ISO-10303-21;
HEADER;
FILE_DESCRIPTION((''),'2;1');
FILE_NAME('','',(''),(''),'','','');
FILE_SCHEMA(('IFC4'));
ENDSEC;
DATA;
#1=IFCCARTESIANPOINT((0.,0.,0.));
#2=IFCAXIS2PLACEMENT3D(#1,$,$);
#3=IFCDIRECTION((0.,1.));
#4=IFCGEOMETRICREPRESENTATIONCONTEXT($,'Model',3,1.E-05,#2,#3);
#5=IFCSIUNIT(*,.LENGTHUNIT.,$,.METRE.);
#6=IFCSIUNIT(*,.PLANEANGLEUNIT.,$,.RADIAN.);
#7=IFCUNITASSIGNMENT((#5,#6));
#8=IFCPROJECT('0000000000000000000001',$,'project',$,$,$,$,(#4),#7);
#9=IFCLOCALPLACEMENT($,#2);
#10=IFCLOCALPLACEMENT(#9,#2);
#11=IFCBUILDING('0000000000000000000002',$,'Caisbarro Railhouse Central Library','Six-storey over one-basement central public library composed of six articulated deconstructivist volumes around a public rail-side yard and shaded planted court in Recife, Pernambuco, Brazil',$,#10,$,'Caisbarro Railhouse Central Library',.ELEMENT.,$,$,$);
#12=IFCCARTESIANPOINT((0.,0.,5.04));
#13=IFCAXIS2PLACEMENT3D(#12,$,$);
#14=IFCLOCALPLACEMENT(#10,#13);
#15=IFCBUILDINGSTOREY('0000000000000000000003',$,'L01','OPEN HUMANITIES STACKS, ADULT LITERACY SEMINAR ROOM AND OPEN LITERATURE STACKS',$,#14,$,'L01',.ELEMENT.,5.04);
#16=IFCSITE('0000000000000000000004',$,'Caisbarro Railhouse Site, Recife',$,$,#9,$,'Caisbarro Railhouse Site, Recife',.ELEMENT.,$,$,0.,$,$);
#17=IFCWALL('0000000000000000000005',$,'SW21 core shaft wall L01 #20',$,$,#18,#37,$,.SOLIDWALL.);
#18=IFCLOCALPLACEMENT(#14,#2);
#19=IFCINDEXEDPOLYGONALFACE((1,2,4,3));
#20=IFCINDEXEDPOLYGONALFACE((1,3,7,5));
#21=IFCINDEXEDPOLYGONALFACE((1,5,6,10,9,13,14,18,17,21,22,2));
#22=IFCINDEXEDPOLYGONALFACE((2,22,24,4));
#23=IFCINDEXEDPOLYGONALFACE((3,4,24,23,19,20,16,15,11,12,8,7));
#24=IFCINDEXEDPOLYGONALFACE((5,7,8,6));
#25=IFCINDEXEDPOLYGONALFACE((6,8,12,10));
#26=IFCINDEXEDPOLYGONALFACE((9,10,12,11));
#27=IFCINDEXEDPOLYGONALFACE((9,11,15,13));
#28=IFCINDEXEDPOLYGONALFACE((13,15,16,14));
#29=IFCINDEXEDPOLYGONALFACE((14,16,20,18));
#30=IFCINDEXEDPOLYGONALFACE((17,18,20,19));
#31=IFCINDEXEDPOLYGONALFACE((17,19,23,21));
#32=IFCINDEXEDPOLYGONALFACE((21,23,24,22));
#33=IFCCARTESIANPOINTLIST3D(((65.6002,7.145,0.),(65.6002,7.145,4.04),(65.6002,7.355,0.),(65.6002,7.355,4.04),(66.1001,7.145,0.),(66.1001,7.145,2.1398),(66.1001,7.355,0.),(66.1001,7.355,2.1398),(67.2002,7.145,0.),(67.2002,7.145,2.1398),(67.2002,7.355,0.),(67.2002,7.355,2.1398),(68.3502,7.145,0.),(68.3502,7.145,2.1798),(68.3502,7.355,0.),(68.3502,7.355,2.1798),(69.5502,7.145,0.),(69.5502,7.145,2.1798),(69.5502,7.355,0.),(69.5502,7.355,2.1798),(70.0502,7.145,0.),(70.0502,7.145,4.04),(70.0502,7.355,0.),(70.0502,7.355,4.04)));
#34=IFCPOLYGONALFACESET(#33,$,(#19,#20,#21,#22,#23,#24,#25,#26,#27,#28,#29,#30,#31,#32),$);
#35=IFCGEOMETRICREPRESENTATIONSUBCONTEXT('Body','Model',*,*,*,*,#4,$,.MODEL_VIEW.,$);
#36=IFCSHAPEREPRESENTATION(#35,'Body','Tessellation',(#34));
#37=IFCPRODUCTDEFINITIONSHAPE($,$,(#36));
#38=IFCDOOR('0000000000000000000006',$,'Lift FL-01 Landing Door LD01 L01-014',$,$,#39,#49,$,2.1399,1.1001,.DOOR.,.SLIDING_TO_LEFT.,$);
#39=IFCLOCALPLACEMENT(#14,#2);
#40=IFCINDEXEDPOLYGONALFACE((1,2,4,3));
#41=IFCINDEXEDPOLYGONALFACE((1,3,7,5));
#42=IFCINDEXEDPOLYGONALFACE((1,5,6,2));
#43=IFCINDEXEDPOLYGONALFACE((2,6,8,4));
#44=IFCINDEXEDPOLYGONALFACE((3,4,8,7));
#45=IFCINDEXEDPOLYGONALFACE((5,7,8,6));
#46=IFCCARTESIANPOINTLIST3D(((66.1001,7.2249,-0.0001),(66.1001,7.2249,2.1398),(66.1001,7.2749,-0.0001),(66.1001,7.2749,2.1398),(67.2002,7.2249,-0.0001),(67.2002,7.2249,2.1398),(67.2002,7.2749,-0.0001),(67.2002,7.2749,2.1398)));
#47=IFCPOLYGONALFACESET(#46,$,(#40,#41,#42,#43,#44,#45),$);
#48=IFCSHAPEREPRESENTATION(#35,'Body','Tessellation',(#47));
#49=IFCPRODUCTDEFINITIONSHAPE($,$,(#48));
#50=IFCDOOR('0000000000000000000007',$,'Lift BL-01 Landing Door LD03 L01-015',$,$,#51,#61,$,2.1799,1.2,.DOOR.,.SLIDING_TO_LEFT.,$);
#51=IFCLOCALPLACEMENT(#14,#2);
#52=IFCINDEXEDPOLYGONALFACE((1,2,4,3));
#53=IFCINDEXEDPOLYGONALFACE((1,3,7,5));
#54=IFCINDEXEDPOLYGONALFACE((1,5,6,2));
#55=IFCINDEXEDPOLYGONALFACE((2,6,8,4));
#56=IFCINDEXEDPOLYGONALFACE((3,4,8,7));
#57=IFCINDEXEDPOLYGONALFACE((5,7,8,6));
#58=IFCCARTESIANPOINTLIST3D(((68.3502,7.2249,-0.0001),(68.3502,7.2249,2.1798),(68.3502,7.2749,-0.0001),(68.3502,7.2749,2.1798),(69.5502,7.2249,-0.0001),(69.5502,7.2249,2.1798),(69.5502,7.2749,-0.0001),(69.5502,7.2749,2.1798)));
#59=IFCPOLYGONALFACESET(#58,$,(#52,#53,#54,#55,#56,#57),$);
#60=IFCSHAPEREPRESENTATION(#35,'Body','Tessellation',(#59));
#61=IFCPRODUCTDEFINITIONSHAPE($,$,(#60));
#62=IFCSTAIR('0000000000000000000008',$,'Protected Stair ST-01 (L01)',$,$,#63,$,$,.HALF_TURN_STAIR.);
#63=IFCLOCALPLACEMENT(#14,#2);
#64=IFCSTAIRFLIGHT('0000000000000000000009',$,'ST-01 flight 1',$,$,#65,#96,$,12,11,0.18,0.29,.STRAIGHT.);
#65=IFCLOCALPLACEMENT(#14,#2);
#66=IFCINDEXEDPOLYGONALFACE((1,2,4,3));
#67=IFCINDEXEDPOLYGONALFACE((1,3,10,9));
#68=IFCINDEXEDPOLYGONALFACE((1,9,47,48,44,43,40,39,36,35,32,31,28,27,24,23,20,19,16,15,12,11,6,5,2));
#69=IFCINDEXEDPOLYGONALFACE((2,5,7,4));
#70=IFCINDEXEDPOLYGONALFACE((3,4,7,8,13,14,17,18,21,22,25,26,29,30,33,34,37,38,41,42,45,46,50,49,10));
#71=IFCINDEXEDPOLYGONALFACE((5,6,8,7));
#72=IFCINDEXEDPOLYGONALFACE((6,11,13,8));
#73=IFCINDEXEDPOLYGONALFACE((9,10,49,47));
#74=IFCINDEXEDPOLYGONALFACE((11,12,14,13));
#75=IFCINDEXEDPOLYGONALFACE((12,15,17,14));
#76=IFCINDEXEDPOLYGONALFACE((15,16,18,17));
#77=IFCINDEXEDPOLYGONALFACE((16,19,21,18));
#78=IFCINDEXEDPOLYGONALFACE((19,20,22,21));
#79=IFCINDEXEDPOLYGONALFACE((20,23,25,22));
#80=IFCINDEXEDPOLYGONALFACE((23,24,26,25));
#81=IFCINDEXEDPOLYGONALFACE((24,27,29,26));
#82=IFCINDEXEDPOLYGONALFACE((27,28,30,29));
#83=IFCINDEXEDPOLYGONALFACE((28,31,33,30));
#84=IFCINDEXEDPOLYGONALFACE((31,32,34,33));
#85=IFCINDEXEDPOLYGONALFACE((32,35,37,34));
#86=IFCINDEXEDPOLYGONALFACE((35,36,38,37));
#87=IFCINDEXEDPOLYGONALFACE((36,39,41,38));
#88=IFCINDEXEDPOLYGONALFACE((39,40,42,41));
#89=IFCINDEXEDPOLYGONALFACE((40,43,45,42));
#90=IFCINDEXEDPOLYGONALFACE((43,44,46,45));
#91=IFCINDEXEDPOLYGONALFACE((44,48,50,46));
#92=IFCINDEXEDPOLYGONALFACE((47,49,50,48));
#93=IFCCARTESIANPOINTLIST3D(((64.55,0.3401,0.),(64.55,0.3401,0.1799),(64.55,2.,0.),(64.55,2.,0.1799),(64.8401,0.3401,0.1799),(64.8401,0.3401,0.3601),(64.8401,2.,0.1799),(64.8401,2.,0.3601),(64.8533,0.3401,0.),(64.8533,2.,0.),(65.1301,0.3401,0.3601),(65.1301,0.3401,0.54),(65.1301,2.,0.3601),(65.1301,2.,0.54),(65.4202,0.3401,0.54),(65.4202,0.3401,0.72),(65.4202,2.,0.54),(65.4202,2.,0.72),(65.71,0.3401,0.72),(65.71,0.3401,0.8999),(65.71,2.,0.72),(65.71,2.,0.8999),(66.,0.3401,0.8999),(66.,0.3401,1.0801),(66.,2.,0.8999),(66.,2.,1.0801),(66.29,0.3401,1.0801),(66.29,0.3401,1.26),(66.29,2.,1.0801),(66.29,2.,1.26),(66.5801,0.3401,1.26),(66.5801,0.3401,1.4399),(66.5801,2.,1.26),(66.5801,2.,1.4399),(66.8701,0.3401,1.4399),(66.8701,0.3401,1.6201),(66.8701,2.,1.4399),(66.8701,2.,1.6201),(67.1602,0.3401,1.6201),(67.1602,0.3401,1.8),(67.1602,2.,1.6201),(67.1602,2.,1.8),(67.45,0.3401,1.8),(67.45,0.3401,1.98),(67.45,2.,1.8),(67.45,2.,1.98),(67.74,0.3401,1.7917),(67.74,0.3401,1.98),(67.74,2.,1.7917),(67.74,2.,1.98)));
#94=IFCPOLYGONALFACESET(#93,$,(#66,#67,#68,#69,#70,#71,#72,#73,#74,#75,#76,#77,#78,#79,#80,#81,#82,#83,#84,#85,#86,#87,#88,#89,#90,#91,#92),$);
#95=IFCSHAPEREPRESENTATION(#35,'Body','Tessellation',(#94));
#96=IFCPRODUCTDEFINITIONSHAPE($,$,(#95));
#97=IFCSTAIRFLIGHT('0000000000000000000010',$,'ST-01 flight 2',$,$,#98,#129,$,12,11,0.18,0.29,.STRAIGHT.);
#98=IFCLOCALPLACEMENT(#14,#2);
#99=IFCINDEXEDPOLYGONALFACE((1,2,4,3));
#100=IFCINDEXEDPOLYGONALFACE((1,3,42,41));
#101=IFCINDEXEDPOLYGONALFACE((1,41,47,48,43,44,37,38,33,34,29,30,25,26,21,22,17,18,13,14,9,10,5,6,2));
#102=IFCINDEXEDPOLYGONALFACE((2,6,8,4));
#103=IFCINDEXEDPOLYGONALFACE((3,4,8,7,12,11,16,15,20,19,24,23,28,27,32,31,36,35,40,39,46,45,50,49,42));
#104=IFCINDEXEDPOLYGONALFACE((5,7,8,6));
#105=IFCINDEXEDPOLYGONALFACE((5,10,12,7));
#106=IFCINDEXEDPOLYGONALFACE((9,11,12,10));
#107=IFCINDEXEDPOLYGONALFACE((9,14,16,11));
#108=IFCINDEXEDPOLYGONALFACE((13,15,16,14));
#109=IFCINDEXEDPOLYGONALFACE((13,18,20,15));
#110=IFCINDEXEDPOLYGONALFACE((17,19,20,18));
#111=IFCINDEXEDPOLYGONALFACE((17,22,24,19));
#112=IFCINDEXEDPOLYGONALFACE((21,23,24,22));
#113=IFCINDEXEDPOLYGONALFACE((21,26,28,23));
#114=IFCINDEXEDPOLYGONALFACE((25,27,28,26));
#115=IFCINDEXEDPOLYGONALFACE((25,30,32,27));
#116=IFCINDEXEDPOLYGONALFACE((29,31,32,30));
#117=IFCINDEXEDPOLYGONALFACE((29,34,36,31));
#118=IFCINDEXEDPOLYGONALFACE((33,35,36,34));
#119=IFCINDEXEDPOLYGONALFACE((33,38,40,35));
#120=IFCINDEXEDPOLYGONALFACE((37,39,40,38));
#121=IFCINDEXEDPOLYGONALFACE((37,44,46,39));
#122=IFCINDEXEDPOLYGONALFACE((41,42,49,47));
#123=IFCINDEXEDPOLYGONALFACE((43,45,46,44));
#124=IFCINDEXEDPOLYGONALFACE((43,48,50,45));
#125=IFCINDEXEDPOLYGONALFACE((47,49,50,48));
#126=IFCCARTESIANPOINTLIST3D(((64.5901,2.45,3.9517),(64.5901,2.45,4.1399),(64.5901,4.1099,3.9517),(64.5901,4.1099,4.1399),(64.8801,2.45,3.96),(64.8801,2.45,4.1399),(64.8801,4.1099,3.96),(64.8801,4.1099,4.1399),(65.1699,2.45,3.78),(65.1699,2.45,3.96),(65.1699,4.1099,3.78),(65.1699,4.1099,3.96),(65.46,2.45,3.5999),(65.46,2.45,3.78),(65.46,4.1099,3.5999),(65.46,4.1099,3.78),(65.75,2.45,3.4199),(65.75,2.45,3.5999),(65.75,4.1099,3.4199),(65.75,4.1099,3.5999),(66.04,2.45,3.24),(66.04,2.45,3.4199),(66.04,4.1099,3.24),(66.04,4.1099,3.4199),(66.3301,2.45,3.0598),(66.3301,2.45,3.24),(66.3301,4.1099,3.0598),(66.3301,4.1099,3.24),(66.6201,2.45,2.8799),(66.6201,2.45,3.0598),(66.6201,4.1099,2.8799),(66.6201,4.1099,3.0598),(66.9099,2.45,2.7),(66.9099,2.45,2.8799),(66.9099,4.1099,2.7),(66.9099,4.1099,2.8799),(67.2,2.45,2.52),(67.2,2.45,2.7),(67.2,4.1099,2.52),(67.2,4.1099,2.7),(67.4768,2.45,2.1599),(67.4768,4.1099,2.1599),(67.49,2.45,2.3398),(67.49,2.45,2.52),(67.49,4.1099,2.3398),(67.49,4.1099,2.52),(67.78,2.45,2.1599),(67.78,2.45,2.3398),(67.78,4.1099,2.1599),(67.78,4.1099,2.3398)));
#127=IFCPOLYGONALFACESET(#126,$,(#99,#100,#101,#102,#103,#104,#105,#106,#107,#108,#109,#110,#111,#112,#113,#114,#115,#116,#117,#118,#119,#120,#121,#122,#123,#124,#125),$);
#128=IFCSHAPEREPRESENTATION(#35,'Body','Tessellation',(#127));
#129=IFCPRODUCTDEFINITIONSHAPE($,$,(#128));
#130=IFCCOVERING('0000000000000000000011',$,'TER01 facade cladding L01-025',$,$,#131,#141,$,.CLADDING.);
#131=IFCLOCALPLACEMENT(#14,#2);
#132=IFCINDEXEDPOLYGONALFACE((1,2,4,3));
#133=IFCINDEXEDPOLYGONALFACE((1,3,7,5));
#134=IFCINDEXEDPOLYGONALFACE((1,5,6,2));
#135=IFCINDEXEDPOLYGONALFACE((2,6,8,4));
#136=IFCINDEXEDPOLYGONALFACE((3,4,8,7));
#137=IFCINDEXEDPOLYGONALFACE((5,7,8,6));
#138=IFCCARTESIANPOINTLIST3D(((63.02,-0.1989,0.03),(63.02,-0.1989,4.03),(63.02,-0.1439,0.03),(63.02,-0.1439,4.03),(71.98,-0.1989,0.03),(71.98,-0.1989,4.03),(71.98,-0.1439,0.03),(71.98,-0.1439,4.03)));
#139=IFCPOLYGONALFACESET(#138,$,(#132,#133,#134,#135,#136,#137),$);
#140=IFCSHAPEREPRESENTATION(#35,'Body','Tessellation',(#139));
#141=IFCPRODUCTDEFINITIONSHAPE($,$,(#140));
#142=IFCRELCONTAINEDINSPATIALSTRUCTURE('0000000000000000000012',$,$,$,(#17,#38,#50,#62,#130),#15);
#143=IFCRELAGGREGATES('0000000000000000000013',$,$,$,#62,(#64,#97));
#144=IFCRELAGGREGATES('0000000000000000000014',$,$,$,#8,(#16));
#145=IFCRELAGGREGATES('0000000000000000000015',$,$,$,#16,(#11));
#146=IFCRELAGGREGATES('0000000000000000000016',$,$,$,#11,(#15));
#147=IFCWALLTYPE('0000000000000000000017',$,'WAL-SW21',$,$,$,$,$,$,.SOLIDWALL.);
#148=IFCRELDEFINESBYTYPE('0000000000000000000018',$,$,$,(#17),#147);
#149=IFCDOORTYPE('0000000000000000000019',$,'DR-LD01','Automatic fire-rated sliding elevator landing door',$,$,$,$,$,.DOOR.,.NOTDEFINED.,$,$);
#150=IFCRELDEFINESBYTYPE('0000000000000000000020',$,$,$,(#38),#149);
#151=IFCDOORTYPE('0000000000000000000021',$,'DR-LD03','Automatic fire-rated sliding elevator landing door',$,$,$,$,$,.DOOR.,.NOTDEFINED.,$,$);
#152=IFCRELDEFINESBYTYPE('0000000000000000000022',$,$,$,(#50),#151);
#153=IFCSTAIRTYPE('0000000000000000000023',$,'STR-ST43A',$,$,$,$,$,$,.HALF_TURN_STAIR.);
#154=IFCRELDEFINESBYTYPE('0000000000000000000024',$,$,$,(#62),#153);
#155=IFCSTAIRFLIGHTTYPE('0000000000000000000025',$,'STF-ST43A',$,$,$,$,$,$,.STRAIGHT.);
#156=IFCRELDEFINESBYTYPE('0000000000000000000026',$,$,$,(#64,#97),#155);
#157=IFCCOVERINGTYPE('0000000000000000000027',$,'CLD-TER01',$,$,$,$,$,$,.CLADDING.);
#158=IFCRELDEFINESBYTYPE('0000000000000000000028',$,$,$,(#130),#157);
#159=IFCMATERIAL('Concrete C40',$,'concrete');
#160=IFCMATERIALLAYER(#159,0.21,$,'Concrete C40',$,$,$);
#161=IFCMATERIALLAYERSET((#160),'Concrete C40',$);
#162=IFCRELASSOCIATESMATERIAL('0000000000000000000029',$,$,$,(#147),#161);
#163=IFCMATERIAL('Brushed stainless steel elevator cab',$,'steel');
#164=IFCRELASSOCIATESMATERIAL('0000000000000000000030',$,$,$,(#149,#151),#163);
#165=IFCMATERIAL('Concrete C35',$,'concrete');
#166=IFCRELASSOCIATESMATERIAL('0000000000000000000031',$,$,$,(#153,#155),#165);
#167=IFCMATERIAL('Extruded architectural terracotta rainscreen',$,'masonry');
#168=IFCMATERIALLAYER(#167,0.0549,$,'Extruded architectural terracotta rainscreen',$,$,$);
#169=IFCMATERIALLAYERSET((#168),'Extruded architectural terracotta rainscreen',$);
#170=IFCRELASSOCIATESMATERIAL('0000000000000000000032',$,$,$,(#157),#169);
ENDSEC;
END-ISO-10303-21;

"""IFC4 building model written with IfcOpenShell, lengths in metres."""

from ifc_helpers import new_model, si_unit, direction, frame, frame_2d, origin, origin_2d, place, context, subcontext, project, spatial, polyline, rectangle, outline, extrude, material, layer, layer_set, type_object, element, fill, aggregate, save


model = new_model("IFC4")

# Units and contexts
model_context = context("Model", 3, precision=1e-05, world=origin(), true_north=direction((0.0, 1.0)))
body_context = subcontext(model_context, "Body", "Model", "MODEL_VIEW")
ifc_project = project(units=[si_unit("LENGTHUNIT", "METRE"), si_unit("PLANEANGLEUNIT", "RADIAN")], contexts=[model_context])

# Site, building, storey
site_placement = place(None, origin())
site = spatial("IfcSite", under=ifc_project, at=site_placement, Name="Caisbarro Railhouse Site, Recife", LongName="Caisbarro Railhouse Site, Recife", CompositionType="ELEMENT", RefElevation=0.0)
building_placement = place(site_placement, origin())
building = spatial("IfcBuilding", under=site, at=building_placement, Name="Caisbarro Railhouse Central Library", Description="Six-storey over one-basement central public library composed of six articulated deconstructivist volumes around a public rail-side yard and shaded planted court in Recife, Pernambuco, Brazil", LongName="Caisbarro Railhouse Central Library", CompositionType="ELEMENT")
storey_placement = place(building_placement, frame((0.0, 0.0, 5.04)))
storey = spatial("IfcBuildingStorey", under=building, at=storey_placement, Name="L01", Description="OPEN HUMANITIES STACKS, ADULT LITERACY SEMINAR ROOM AND OPEN LITERATURE STACKS", LongName="L01", CompositionType="ELEMENT", Elevation=5.04)

# Shared definitions
ifc_material_1 = material(Name="Concrete C40", Category="concrete")

# Shared definitions
ifc_layer_1 = layer(ifc_material_1, 0.21, Name="Concrete C40")
ifc_layer_set_1 = layer_set([ifc_layer_1], Name="Concrete C40")
wall_type_1 = type_object("IfcWallType", Name="WAL-SW21", PredefinedType="SOLIDWALL", material=ifc_layer_set_1)

# Wall, openings, doors
wall_1_placement = place(storey_placement, frame((65.6001, 7.25, 0.0), z_axis=(0.0, 0.0, 1.0), x_axis=(1.0, 0.0, 0.0)))
wall_1 = element("IfcWall", 1, at=wall_1_placement, inside=storey, type_object=wall_type_1, Name="SW21 core shaft wall L01 #20", PredefinedType="SOLIDWALL", context=body_context, shape_type="SweptSolid", body=[
    extrude(rectangle(XDim=4.45, YDim=0.21, at=frame_2d((2.2251, 0.0))), origin(), (0.0, 0.0, 1.0), 4.04),
])
opening_1_placement = place(wall_1_placement, frame((0.5, 0.0, 0.0)))
opening_1 = element("IfcOpeningElement", 2, at=opening_1_placement, cuts=wall_1, PredefinedType="OPENING", context=body_context, shape_type="SweptSolid", body=[
    extrude(rectangle(XDim=1.1001, YDim=2.1399, at=frame_2d((0.55, 1.0698))), frame((0.0, 0.115, 0.0), z_axis=(0.0, -1.0, 0.0), x_axis=(1.0, 0.0, 0.0)), (0.0, 0.0, 1.0), 0.23),
])
opening_2_placement = place(wall_1_placement, frame((2.75, 0.0, 0.0)))
opening_2 = element("IfcOpeningElement", 3, at=opening_2_placement, cuts=wall_1, PredefinedType="OPENING", context=body_context, shape_type="SweptSolid", body=[
    extrude(rectangle(XDim=1.2, YDim=2.1799, at=frame_2d((0.6001, 1.0898))), frame((0.0, 0.115, 0.0), z_axis=(0.0, -1.0, 0.0), x_axis=(1.0, 0.0, 0.0)), (0.0, 0.0, 1.0), 0.23),
])
ifc_material_2 = material(Name="Brushed stainless steel elevator cab", Category="steel")
door_type_1 = type_object("IfcDoorType", Name="DR-LD01", Description="Automatic fire-rated sliding elevator landing door", OperationType="NOTDEFINED", PredefinedType="DOOR", material=ifc_material_2)
door_1_placement = place(opening_1_placement, origin())
door_1 = element("IfcDoor", 4, at=door_1_placement, inside=storey, type_object=door_type_1, Name="Lift FL-01 Landing Door LD01 L01-014", OperationType="SLIDING_TO_LEFT", OverallHeight=2.1399, OverallWidth=1.1001, PredefinedType="DOOR", context=body_context, shape_type="SweptSolid", body=[
    extrude(rectangle(XDim=1.1001, YDim=2.1399, at=frame_2d((0.55, 1.0698))), frame((0.0, 0.0249, 0.0), z_axis=(0.0, -1.0, 0.0), x_axis=(1.0, 0.0, 0.0)), (0.0, 0.0, 1.0), 0.05),
])
fill(opening_1, door_1)
door_type_2 = type_object("IfcDoorType", Name="DR-LD03", Description="Automatic fire-rated sliding elevator landing door", OperationType="NOTDEFINED", PredefinedType="DOOR", material=ifc_material_2)
door_2_placement = place(opening_2_placement, origin())
door_2 = element("IfcDoor", 5, at=door_2_placement, inside=storey, type_object=door_type_2, Name="Lift BL-01 Landing Door LD03 L01-015", OperationType="SLIDING_TO_LEFT", OverallHeight=2.1799, OverallWidth=1.2, PredefinedType="DOOR", context=body_context, shape_type="SweptSolid", body=[
    extrude(rectangle(XDim=1.2, YDim=2.1799, at=frame_2d((0.6001, 1.0898))), frame((0.0, 0.0249, 0.0), z_axis=(0.0, -1.0, 0.0), x_axis=(1.0, 0.0, 0.0)), (0.0, 0.0, 1.0), 0.05),
])
fill(opening_2, door_2)

# Stair, stair flights
ifc_material_3 = material(Name="Concrete C35", Category="concrete")
stair_type = type_object("IfcStairType", Name="STR-ST43A", PredefinedType="HALF_TURN_STAIR", material=ifc_material_3)
stair_placement = place(storey_placement, origin())
stair = element("IfcStair", 6, at=stair_placement, inside=storey, type_object=stair_type, Name="Protected Stair ST-01 (L01)", PredefinedType="HALF_TURN_STAIR")
stair_flight_type = type_object("IfcStairFlightType", Name="STF-ST43A", PredefinedType="STRAIGHT", material=ifc_material_3)
stair_flight_1_placement = place(storey_placement, frame((64.55, 1.1699, 0.0), z_axis=(0.0, 0.0, 1.0), x_axis=(1.0, 0.0, 0.0)))
stair_flight_1 = element("IfcStairFlight", 7, at=stair_flight_1_placement, type_object=stair_flight_type, Name="ST-01 flight 1", NumberOfRisers=12, NumberOfTreads=11, PredefinedType="STRAIGHT", RiserHeight=0.18, TreadLength=0.29, context=body_context, shape_type="SweptSolid", body=[
    extrude(outline(polyline([(0.0, 0.0), (0.0, 0.1799), (0.29, 0.1799), (0.29, 0.3601), (0.5801, 0.3601), (0.5801, 0.54), (0.8701, 0.54), (0.8701, 0.72), (1.1599, 0.72), (1.1599, 0.8999), (1.45, 0.8999), (1.45, 1.0801), (1.74, 1.0801), (1.74, 1.26), (2.03, 1.26), (2.03, 1.4399), (2.3201, 1.4399), (2.3201, 1.6201), (2.6101, 1.6201), (2.6101, 1.8), (2.8999, 1.8), (2.8999, 1.98), (3.1899, 1.98), (3.1899, 2.1599), (3.1899, 1.7917), (0.3032, 0.0), (0.0, 0.0)])), frame((0.0, 0.8301, 0.0), z_axis=(0.0, -1.0, 0.0), x_axis=(1.0, 0.0, 0.0)), (0.0, 0.0, 1.0), 1.6599),
])
stair_flight_2_placement = place(storey_placement, frame((67.78, 3.28, 2.1599), z_axis=(0.0, 0.0, 1.0), x_axis=(-1.0, 0.0, 0.0)))
stair_flight_2 = element("IfcStairFlight", 8, at=stair_flight_2_placement, type_object=stair_flight_type, Name="ST-01 flight 2", NumberOfRisers=12, NumberOfTreads=11, PredefinedType="STRAIGHT", RiserHeight=0.18, TreadLength=0.29, context=body_context, shape_type="SweptSolid", body=[
    extrude(outline(polyline([(0.0, 0.0), (0.0, 0.1799), (0.29, 0.1799), (0.29, 0.3601), (0.5801, 0.3601), (0.5801, 0.54), (0.8701, 0.54), (0.8701, 0.72), (1.1599, 0.72), (1.1599, 0.8999), (1.45, 0.8999), (1.45, 1.0801), (1.74, 1.0801), (1.74, 1.26), (2.03, 1.26), (2.03, 1.4399), (2.3201, 1.4399), (2.3201, 1.6201), (2.6101, 1.6201), (2.6101, 1.8), (2.8999, 1.8), (2.8999, 1.98), (3.1899, 1.98), (3.1899, 2.1599), (3.1899, 1.7917), (0.3032, 0.0), (0.0, 0.0)])), frame((0.0, 0.8301, 0.0), z_axis=(0.0, -1.0, 0.0), x_axis=(1.0, 0.0, 0.0)), (0.0, 0.0, 1.0), 1.6599),
])
aggregate(stair, [stair_flight_1, stair_flight_2])

# Covering
ifc_material_4 = material(Name="Extruded architectural terracotta rainscreen", Category="masonry")
ifc_layer_2 = layer(ifc_material_4, 0.0549, Name="Extruded architectural terracotta rainscreen")
ifc_layer_set_2 = layer_set([ifc_layer_2], Name="Extruded architectural terracotta rainscreen")
covering_type = type_object("IfcCoveringType", Name="CLD-TER01", PredefinedType="CLADDING", material=ifc_layer_set_2)
covering_placement = place(storey_placement, frame((67.5, -0.1714, 0.03), z_axis=(0.0, 0.0, 1.0), x_axis=(1.0, 0.0, 0.0)))
element("IfcCovering", 9, at=covering_placement, inside=storey, type_object=covering_type, Name="TER01 facade cladding L01-025", PredefinedType="CLADDING", context=body_context, shape_type="SweptSolid", body=[
    extrude(rectangle(XDim=8.96, YDim=0.0549, at=origin_2d()), origin(), (0.0, 0.0, 1.0), 4.0),
])

save(model, "model.ifc")
